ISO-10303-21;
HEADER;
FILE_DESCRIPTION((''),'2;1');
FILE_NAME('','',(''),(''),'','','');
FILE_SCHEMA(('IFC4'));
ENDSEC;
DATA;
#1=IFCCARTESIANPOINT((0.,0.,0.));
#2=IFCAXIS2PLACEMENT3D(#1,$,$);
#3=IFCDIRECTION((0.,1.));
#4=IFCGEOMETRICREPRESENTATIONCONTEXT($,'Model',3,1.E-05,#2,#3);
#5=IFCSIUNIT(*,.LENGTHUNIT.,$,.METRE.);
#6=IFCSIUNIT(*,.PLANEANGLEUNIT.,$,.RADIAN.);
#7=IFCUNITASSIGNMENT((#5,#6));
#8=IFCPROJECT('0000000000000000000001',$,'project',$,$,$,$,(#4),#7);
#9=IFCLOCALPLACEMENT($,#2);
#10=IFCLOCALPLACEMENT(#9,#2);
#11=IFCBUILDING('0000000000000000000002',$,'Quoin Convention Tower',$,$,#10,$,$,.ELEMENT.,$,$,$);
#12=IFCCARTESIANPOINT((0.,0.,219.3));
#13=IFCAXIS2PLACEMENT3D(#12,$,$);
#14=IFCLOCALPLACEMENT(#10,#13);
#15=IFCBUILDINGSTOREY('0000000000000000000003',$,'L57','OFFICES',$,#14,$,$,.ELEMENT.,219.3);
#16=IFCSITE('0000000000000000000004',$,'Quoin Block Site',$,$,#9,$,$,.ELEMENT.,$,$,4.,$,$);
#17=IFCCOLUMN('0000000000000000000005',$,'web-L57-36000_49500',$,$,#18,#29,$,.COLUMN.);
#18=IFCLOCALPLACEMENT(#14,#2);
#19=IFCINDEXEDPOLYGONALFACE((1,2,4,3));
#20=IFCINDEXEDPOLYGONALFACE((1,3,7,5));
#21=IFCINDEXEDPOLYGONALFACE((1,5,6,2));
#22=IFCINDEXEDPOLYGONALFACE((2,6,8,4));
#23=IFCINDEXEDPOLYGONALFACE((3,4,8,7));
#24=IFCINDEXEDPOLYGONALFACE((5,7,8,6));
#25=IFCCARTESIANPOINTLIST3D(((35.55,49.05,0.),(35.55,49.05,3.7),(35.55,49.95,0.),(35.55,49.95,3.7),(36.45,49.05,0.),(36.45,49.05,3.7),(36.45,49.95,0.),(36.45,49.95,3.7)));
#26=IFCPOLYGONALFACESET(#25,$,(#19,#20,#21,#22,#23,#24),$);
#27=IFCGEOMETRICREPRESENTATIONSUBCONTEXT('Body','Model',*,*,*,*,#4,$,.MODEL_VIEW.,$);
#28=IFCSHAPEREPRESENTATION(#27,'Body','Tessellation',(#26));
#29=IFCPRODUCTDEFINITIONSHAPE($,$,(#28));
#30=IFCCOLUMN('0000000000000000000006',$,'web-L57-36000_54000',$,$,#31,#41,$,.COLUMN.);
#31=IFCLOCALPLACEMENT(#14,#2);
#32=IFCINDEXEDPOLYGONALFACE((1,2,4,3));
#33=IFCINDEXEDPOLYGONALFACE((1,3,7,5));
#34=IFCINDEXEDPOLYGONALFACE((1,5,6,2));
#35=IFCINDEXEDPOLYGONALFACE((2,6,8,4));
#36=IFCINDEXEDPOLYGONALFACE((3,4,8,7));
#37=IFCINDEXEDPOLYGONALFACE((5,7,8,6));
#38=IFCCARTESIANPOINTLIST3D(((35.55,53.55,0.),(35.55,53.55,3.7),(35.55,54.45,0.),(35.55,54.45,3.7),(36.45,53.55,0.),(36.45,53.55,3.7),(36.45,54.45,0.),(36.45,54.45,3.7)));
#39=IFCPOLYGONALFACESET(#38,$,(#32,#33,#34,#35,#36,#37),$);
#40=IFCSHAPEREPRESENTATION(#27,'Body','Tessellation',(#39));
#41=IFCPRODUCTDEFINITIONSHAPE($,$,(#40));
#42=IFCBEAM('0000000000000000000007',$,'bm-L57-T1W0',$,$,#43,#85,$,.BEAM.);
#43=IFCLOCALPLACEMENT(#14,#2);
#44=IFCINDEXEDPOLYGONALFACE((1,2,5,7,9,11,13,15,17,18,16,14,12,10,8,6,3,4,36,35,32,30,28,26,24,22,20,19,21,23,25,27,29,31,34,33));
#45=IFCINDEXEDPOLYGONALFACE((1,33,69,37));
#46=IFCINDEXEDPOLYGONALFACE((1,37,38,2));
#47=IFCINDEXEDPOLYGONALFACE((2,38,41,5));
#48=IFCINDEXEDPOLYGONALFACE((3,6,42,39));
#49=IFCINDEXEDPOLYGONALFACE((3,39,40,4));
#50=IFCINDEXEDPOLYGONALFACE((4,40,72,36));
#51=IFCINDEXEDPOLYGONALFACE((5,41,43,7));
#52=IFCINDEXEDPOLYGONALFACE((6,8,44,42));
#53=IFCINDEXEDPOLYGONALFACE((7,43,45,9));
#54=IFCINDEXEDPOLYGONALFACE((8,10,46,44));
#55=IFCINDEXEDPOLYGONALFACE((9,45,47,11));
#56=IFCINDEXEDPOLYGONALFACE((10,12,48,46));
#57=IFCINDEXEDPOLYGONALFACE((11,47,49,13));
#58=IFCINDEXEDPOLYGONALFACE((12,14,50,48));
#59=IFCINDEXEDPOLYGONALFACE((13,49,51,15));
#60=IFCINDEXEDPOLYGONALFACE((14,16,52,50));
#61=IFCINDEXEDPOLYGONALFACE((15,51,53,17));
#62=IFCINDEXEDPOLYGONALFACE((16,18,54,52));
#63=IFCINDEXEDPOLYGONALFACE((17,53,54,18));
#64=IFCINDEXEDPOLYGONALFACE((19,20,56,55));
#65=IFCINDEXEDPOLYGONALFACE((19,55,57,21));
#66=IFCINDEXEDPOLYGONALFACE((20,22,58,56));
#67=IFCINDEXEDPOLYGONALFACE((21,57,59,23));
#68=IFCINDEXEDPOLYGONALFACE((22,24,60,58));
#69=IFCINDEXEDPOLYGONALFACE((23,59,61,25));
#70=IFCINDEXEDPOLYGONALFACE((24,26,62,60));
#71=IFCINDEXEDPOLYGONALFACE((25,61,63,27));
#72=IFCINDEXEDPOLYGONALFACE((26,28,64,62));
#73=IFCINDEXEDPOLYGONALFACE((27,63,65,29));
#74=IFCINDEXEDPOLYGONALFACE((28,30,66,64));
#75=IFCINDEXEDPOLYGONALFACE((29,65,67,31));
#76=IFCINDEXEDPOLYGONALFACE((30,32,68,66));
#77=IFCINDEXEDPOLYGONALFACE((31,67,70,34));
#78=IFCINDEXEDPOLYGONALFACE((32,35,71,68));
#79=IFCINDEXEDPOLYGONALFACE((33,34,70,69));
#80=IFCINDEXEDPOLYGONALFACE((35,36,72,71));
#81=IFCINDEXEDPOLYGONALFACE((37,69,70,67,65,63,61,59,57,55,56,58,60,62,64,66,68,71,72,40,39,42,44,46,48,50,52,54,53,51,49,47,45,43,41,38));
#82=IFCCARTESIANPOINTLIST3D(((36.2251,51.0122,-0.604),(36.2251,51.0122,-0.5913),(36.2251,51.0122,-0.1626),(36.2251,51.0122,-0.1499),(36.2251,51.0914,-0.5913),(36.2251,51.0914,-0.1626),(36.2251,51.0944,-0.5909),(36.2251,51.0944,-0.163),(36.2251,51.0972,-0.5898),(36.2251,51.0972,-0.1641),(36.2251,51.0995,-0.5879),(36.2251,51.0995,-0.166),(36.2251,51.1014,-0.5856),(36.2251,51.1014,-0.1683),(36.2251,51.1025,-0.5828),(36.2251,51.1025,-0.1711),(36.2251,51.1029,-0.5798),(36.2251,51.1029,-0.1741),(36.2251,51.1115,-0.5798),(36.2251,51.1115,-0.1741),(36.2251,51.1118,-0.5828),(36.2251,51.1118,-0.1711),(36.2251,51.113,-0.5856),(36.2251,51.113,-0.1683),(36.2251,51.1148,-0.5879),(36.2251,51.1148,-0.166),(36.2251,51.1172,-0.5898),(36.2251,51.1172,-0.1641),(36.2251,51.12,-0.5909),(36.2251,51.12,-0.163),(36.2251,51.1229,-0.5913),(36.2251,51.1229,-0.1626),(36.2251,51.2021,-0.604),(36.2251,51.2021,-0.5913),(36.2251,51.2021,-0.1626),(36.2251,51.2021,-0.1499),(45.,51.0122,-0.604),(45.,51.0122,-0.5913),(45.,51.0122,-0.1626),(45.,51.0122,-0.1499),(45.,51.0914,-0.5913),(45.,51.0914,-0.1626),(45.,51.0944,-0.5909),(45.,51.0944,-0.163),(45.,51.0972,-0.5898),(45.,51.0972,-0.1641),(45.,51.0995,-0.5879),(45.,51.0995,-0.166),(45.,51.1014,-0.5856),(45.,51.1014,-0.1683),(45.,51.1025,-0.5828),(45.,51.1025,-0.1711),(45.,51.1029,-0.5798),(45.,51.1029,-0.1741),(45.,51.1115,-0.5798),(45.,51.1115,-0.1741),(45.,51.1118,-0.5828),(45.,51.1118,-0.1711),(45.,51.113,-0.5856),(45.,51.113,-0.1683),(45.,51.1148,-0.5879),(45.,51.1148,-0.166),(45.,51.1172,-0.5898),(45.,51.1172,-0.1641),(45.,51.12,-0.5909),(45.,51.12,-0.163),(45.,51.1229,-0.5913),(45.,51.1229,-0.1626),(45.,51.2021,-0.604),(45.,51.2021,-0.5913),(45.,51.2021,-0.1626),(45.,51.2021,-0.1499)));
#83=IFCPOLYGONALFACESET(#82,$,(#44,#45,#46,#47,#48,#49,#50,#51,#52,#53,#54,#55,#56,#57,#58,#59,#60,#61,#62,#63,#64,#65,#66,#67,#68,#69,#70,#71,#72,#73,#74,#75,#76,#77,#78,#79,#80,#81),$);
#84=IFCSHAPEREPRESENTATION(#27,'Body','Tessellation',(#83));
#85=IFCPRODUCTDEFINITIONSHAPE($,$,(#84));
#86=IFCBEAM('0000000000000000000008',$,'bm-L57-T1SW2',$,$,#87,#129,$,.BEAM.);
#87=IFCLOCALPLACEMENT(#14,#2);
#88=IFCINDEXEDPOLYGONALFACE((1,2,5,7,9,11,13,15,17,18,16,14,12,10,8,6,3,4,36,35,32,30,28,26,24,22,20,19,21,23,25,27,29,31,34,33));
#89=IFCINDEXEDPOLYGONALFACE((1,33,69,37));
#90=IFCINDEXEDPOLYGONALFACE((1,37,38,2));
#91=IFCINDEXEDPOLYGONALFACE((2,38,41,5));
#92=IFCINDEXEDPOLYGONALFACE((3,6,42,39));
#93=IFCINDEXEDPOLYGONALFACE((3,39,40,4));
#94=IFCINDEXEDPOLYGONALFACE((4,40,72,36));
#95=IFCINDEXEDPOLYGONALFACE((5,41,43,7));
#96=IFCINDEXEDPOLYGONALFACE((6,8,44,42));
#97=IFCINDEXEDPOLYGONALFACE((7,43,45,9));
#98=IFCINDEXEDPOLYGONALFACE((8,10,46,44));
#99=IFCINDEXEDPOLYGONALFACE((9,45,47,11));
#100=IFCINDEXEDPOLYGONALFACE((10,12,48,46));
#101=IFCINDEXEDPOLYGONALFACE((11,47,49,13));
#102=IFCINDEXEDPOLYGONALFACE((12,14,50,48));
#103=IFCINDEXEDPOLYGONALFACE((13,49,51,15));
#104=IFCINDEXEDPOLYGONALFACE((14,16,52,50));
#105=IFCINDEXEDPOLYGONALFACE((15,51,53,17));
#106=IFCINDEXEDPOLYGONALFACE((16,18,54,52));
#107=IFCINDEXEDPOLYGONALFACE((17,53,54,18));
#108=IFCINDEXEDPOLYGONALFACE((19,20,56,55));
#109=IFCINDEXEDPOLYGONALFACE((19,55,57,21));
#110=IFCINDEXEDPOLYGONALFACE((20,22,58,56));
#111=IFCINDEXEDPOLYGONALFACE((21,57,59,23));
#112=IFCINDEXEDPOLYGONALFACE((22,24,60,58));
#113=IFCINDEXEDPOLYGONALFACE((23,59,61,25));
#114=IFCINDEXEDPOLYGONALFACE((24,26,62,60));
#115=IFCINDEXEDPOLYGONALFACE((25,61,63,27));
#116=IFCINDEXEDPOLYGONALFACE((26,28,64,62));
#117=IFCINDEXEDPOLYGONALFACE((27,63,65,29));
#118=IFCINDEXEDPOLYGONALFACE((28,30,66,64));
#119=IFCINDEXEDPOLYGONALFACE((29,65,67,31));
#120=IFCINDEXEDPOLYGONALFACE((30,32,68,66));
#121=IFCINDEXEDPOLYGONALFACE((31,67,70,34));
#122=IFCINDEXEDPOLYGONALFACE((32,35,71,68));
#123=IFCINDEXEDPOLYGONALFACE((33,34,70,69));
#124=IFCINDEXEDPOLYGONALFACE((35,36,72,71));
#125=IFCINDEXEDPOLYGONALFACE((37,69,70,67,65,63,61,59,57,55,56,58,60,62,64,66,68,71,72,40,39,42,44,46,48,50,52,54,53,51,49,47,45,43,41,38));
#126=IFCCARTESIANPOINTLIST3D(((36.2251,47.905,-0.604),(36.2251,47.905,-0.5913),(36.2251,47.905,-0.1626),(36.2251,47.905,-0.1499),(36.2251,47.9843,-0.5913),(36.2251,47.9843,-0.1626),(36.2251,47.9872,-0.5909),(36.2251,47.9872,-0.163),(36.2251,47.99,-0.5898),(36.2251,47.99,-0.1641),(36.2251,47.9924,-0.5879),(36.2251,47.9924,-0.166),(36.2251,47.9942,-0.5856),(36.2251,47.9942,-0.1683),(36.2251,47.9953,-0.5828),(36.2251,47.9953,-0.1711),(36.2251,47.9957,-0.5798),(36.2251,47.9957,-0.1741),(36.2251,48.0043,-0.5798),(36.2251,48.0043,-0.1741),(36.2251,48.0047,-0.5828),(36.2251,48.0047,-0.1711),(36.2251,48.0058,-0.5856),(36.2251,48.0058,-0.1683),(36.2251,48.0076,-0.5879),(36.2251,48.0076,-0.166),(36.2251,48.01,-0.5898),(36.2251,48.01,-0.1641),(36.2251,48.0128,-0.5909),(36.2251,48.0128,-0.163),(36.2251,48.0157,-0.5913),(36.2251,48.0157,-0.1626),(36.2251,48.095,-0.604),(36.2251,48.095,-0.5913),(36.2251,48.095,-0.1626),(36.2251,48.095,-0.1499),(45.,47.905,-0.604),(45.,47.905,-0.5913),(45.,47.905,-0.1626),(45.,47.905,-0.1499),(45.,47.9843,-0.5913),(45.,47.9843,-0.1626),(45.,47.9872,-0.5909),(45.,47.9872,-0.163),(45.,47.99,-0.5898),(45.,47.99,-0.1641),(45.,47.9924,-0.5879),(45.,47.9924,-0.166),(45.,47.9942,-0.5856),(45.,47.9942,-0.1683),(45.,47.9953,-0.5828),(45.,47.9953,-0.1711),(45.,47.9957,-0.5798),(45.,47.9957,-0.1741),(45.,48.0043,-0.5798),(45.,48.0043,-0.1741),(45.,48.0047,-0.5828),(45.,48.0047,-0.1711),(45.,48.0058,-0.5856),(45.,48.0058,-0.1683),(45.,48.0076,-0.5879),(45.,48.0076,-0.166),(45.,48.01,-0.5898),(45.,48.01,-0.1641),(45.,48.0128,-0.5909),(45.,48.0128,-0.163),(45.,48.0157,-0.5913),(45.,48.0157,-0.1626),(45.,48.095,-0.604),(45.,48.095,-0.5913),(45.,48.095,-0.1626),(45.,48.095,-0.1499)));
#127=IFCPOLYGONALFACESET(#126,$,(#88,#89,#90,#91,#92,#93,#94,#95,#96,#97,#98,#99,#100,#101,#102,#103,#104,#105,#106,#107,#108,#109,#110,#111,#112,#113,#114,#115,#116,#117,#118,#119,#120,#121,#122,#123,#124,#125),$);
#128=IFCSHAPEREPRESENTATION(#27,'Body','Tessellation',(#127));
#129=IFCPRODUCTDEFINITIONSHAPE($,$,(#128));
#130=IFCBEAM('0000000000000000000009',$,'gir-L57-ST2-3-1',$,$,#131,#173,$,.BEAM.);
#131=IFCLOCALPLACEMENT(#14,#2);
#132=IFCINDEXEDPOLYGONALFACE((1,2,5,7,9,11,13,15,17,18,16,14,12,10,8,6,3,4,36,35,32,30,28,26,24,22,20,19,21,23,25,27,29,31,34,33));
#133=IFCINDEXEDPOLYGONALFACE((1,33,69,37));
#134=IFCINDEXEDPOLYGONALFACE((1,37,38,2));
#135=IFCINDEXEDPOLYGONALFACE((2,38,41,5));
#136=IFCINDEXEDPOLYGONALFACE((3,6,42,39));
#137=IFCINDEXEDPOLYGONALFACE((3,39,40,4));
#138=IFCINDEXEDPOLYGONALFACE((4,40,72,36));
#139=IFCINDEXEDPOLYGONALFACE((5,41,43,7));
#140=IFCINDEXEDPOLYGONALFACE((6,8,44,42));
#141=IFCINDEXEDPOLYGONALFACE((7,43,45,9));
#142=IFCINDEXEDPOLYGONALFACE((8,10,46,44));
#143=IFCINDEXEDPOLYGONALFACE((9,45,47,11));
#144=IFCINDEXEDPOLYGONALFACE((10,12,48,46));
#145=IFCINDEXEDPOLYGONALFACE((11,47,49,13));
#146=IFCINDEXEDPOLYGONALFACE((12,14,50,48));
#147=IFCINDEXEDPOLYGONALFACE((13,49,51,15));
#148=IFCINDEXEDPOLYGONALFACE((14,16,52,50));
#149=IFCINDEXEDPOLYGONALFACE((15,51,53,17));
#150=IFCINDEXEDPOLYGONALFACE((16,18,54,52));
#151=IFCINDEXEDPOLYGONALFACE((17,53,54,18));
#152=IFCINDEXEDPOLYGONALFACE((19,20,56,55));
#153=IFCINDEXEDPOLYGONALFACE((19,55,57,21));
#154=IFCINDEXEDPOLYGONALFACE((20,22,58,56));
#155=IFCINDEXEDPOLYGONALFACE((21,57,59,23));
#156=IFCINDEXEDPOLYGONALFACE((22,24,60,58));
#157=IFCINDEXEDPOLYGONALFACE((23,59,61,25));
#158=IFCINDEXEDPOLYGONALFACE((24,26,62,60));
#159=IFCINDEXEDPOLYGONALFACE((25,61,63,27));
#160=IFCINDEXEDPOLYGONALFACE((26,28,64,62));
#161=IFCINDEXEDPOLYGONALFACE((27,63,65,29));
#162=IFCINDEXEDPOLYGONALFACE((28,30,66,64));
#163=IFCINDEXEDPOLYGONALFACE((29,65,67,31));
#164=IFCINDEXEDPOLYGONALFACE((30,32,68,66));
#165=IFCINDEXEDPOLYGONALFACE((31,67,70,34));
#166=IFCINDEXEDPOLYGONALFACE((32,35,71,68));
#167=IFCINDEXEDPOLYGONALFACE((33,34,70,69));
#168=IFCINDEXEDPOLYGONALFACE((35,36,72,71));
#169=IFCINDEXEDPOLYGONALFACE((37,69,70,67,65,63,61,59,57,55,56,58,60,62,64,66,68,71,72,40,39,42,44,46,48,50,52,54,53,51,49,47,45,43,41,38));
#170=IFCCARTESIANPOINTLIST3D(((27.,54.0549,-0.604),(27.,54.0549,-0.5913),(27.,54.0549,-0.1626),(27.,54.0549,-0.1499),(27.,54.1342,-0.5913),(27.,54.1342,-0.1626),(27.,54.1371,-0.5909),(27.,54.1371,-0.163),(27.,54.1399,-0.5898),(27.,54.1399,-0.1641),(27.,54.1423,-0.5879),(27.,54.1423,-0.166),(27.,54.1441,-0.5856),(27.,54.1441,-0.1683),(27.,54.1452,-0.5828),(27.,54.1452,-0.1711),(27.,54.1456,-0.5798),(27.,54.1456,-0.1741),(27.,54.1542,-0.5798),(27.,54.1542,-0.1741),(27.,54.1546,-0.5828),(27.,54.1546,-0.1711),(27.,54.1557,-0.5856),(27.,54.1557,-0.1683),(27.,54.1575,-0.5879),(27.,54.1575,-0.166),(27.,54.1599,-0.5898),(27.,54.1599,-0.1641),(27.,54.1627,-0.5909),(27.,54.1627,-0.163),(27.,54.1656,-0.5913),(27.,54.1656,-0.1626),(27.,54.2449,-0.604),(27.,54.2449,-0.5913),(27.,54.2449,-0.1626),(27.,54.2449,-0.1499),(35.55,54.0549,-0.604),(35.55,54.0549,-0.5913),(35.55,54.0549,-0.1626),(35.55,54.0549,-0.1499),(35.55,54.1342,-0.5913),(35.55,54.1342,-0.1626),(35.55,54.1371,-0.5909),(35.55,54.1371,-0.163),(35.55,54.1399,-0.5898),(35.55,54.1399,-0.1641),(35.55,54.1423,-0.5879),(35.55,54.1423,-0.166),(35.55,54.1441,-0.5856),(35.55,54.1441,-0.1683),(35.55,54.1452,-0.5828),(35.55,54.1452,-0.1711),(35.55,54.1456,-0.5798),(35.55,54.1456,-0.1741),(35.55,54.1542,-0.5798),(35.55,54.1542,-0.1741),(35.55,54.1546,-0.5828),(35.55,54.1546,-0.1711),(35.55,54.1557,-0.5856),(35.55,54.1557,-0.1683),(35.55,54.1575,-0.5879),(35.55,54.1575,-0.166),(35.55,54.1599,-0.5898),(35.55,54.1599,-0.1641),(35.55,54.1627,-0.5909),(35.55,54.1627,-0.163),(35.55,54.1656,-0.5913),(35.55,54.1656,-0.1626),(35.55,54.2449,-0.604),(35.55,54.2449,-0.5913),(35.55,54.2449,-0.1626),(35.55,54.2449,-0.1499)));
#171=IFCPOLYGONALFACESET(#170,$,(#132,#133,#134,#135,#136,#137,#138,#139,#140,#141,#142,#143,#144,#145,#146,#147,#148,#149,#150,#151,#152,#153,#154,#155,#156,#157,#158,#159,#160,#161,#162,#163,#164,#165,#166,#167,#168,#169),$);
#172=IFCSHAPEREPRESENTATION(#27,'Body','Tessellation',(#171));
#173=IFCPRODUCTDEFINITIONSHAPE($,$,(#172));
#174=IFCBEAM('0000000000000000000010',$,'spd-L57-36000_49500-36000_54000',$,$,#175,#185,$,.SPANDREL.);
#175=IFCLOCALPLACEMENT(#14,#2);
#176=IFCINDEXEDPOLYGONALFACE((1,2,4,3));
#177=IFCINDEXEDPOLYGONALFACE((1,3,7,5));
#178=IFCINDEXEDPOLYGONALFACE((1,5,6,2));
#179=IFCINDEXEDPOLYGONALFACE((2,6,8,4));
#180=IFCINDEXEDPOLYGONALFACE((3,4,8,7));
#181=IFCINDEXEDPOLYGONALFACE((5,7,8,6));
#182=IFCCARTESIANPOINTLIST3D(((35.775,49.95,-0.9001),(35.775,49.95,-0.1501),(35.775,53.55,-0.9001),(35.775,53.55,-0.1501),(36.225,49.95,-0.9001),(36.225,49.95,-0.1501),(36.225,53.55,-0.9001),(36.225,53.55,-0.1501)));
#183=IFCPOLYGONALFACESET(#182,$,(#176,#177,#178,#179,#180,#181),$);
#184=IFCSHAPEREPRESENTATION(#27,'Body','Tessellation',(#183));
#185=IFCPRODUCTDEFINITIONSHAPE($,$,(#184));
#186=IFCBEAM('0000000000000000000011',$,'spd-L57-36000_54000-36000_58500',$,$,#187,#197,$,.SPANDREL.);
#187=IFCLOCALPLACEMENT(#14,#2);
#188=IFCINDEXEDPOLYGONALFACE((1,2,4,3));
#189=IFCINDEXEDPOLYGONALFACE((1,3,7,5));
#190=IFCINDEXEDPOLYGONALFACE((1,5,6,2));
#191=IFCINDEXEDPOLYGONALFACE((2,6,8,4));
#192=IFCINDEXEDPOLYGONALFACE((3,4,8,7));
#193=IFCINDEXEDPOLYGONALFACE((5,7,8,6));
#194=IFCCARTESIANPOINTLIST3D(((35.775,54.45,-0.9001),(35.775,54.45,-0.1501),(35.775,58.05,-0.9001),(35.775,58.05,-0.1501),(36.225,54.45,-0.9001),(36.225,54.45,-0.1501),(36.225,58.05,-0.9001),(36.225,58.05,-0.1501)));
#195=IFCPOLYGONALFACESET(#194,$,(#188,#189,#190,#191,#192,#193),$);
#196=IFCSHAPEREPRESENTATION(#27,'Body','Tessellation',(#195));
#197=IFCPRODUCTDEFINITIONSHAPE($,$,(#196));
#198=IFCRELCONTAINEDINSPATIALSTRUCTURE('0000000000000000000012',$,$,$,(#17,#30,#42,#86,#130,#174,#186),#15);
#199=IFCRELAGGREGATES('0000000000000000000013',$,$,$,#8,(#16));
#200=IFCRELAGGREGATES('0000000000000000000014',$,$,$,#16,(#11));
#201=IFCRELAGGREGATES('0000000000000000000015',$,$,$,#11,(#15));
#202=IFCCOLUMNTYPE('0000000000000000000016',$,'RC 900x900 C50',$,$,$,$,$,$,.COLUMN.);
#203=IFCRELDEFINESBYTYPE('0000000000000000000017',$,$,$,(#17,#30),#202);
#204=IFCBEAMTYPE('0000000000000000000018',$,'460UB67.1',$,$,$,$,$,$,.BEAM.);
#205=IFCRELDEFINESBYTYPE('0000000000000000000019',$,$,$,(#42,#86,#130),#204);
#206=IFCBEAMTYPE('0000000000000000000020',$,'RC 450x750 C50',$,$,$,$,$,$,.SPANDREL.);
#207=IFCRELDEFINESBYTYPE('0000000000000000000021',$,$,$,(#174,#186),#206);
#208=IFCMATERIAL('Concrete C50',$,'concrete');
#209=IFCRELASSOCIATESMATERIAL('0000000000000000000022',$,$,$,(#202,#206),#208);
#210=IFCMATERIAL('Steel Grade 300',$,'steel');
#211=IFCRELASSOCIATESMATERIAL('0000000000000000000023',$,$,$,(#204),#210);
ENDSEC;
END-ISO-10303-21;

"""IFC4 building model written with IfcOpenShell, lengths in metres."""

from ifc_helpers import new_model, si_unit, direction, frame, origin, origin_2d, place, context, subcontext, project, spatial, rectangle, i_section, extrude, material, material_profile, profile_set, type_object, element, save


model = new_model("IFC4")

# Units and contexts
model_context = context("Model", 3, precision=1e-05, world=origin(), true_north=direction((0.0, 1.0)))
body_context = subcontext(model_context, "Body", "Model", "MODEL_VIEW")
ifc_project = project(units=[si_unit("LENGTHUNIT", "METRE"), si_unit("PLANEANGLEUNIT", "RADIAN")], contexts=[model_context])

# Site, building, storey
site_placement = place(None, origin())
site = spatial("IfcSite", under=ifc_project, at=site_placement, Name="Quoin Block Site", CompositionType="ELEMENT", RefElevation=4.0)
building_placement = place(site_placement, origin())
building = spatial("IfcBuilding", under=site, at=building_placement, Name="Quoin Convention Tower", CompositionType="ELEMENT")
storey_placement = place(building_placement, frame((0.0, 0.0, 219.3)))
storey = spatial("IfcBuildingStorey", under=building, at=storey_placement, Name="L57", Description="OFFICES", CompositionType="ELEMENT", Elevation=219.3)

# Columns
ifc_material_1 = material(Name="Concrete C50", Category="concrete")
ifc_material_profile_1 = material_profile(ifc_material_1, rectangle(XDim=0.8999, YDim=0.8999, at=origin_2d()), Name="RC 900x900")
ifc_profile_set_1 = profile_set([ifc_material_profile_1], Name="Concrete C50")
column_type = type_object("IfcColumnType", Name="RC 900x900 C50", PredefinedType="COLUMN", material=ifc_profile_set_1)
for number, where, z_axis, x_axis, name in (
    (1, (36.0, 49.5, 0.0), (0.0, 0.0, 1.0), (1.0, 0.0, 0.0), "web-L57-36000_49500"),
    (2, (36.0, 54.0, 0.0), (0.0, 0.0, 1.0), (1.0, 0.0, 0.0), "web-L57-36000_54000"),
):
    element("IfcColumn", number, at=place(storey_placement, frame(where, z_axis=z_axis, x_axis=x_axis)), inside=storey, type_object=column_type, Name=name, PredefinedType="COLUMN", context=body_context, shape_type="SweptSolid", body=[
        extrude(rectangle(XDim=0.8999, YDim=0.8999, at=origin_2d()), origin(), (0.0, 0.0, 1.0), 3.7),
    ])

# Beams
ifc_material_2 = material(Name="Steel Grade 300", Category="steel")
ifc_material_profile_2 = material_profile(ifc_material_2, i_section(OverallWidth=0.1899, OverallDepth=0.4541, WebThickness=0.0085, FlangeThickness=0.0127, FilletRadius=0.0115, at=origin_2d()), Name="460UB67.1")
ifc_profile_set_2 = profile_set([ifc_material_profile_2], Name="Steel Grade 300")
beam_type_1 = type_object("IfcBeamType", Name="460UB67.1", PredefinedType="BEAM", material=ifc_profile_set_2)
for number, where, z_axis, x_axis, name in (
    (3, (36.2251, 51.1072, -0.377), (1.0, 0.0, 0.0), (0.0, 1.0, 0.0), "bm-L57-T1W0"),
    (4, (36.2251, 48.0, -0.377), (1.0, 0.0, 0.0), (0.0, 1.0, 0.0), "bm-L57-T1SW2"),
):
    element("IfcBeam", number, at=place(storey_placement, frame(where, z_axis=z_axis, x_axis=x_axis)), inside=storey, type_object=beam_type_1, Name=name, PredefinedType="BEAM", context=body_context, shape_type="SweptSolid", body=[
        extrude(i_section(OverallWidth=0.1899, OverallDepth=0.4541, WebThickness=0.0085, FlangeThickness=0.0127, FilletRadius=0.0115, at=origin_2d()), origin(), (0.0, 0.0, 1.0), 8.7749),
    ])
beam_placement = place(storey_placement, frame((27.0, 54.1499, -0.377), z_axis=(1.0, 0.0, 0.0), x_axis=(0.0, 1.0, 0.0)))
element("IfcBeam", 5, at=beam_placement, inside=storey, type_object=beam_type_1, Name="gir-L57-ST2-3-1", PredefinedType="BEAM", context=body_context, shape_type="SweptSolid", body=[
    extrude(i_section(OverallWidth=0.1899, OverallDepth=0.4541, WebThickness=0.0085, FlangeThickness=0.0127, FilletRadius=0.0115, at=origin_2d()), origin(), (0.0, 0.0, 1.0), 8.55),
])
ifc_material_profile_3 = material_profile(ifc_material_1, rectangle(XDim=0.45, YDim=0.75, at=origin_2d()), Name="RC 450x750")
ifc_profile_set_3 = profile_set([ifc_material_profile_3], Name="Concrete C50")
beam_type_2 = type_object("IfcBeamType", Name="RC 450x750 C50", PredefinedType="SPANDREL", material=ifc_profile_set_3)
for number, where, z_axis, x_axis, name in (
    (6, (36.0, 49.95, -0.5251), (0.0, 1.0, 0.0), (-1.0, 0.0, 0.0), "spd-L57-36000_49500-36000_54000"),
    (7, (36.0, 54.45, -0.5251), (0.0, 1.0, 0.0), (-1.0, 0.0, 0.0), "spd-L57-36000_54000-36000_58500"),
):
    element("IfcBeam", number, at=place(storey_placement, frame(where, z_axis=z_axis, x_axis=x_axis)), inside=storey, type_object=beam_type_2, Name=name, PredefinedType="SPANDREL", context=body_context, shape_type="SweptSolid", body=[
        extrude(rectangle(XDim=0.45, YDim=0.75, at=origin_2d()), origin(), (0.0, 0.0, 1.0), 3.6001),
    ])

save(model, "model.ifc")
